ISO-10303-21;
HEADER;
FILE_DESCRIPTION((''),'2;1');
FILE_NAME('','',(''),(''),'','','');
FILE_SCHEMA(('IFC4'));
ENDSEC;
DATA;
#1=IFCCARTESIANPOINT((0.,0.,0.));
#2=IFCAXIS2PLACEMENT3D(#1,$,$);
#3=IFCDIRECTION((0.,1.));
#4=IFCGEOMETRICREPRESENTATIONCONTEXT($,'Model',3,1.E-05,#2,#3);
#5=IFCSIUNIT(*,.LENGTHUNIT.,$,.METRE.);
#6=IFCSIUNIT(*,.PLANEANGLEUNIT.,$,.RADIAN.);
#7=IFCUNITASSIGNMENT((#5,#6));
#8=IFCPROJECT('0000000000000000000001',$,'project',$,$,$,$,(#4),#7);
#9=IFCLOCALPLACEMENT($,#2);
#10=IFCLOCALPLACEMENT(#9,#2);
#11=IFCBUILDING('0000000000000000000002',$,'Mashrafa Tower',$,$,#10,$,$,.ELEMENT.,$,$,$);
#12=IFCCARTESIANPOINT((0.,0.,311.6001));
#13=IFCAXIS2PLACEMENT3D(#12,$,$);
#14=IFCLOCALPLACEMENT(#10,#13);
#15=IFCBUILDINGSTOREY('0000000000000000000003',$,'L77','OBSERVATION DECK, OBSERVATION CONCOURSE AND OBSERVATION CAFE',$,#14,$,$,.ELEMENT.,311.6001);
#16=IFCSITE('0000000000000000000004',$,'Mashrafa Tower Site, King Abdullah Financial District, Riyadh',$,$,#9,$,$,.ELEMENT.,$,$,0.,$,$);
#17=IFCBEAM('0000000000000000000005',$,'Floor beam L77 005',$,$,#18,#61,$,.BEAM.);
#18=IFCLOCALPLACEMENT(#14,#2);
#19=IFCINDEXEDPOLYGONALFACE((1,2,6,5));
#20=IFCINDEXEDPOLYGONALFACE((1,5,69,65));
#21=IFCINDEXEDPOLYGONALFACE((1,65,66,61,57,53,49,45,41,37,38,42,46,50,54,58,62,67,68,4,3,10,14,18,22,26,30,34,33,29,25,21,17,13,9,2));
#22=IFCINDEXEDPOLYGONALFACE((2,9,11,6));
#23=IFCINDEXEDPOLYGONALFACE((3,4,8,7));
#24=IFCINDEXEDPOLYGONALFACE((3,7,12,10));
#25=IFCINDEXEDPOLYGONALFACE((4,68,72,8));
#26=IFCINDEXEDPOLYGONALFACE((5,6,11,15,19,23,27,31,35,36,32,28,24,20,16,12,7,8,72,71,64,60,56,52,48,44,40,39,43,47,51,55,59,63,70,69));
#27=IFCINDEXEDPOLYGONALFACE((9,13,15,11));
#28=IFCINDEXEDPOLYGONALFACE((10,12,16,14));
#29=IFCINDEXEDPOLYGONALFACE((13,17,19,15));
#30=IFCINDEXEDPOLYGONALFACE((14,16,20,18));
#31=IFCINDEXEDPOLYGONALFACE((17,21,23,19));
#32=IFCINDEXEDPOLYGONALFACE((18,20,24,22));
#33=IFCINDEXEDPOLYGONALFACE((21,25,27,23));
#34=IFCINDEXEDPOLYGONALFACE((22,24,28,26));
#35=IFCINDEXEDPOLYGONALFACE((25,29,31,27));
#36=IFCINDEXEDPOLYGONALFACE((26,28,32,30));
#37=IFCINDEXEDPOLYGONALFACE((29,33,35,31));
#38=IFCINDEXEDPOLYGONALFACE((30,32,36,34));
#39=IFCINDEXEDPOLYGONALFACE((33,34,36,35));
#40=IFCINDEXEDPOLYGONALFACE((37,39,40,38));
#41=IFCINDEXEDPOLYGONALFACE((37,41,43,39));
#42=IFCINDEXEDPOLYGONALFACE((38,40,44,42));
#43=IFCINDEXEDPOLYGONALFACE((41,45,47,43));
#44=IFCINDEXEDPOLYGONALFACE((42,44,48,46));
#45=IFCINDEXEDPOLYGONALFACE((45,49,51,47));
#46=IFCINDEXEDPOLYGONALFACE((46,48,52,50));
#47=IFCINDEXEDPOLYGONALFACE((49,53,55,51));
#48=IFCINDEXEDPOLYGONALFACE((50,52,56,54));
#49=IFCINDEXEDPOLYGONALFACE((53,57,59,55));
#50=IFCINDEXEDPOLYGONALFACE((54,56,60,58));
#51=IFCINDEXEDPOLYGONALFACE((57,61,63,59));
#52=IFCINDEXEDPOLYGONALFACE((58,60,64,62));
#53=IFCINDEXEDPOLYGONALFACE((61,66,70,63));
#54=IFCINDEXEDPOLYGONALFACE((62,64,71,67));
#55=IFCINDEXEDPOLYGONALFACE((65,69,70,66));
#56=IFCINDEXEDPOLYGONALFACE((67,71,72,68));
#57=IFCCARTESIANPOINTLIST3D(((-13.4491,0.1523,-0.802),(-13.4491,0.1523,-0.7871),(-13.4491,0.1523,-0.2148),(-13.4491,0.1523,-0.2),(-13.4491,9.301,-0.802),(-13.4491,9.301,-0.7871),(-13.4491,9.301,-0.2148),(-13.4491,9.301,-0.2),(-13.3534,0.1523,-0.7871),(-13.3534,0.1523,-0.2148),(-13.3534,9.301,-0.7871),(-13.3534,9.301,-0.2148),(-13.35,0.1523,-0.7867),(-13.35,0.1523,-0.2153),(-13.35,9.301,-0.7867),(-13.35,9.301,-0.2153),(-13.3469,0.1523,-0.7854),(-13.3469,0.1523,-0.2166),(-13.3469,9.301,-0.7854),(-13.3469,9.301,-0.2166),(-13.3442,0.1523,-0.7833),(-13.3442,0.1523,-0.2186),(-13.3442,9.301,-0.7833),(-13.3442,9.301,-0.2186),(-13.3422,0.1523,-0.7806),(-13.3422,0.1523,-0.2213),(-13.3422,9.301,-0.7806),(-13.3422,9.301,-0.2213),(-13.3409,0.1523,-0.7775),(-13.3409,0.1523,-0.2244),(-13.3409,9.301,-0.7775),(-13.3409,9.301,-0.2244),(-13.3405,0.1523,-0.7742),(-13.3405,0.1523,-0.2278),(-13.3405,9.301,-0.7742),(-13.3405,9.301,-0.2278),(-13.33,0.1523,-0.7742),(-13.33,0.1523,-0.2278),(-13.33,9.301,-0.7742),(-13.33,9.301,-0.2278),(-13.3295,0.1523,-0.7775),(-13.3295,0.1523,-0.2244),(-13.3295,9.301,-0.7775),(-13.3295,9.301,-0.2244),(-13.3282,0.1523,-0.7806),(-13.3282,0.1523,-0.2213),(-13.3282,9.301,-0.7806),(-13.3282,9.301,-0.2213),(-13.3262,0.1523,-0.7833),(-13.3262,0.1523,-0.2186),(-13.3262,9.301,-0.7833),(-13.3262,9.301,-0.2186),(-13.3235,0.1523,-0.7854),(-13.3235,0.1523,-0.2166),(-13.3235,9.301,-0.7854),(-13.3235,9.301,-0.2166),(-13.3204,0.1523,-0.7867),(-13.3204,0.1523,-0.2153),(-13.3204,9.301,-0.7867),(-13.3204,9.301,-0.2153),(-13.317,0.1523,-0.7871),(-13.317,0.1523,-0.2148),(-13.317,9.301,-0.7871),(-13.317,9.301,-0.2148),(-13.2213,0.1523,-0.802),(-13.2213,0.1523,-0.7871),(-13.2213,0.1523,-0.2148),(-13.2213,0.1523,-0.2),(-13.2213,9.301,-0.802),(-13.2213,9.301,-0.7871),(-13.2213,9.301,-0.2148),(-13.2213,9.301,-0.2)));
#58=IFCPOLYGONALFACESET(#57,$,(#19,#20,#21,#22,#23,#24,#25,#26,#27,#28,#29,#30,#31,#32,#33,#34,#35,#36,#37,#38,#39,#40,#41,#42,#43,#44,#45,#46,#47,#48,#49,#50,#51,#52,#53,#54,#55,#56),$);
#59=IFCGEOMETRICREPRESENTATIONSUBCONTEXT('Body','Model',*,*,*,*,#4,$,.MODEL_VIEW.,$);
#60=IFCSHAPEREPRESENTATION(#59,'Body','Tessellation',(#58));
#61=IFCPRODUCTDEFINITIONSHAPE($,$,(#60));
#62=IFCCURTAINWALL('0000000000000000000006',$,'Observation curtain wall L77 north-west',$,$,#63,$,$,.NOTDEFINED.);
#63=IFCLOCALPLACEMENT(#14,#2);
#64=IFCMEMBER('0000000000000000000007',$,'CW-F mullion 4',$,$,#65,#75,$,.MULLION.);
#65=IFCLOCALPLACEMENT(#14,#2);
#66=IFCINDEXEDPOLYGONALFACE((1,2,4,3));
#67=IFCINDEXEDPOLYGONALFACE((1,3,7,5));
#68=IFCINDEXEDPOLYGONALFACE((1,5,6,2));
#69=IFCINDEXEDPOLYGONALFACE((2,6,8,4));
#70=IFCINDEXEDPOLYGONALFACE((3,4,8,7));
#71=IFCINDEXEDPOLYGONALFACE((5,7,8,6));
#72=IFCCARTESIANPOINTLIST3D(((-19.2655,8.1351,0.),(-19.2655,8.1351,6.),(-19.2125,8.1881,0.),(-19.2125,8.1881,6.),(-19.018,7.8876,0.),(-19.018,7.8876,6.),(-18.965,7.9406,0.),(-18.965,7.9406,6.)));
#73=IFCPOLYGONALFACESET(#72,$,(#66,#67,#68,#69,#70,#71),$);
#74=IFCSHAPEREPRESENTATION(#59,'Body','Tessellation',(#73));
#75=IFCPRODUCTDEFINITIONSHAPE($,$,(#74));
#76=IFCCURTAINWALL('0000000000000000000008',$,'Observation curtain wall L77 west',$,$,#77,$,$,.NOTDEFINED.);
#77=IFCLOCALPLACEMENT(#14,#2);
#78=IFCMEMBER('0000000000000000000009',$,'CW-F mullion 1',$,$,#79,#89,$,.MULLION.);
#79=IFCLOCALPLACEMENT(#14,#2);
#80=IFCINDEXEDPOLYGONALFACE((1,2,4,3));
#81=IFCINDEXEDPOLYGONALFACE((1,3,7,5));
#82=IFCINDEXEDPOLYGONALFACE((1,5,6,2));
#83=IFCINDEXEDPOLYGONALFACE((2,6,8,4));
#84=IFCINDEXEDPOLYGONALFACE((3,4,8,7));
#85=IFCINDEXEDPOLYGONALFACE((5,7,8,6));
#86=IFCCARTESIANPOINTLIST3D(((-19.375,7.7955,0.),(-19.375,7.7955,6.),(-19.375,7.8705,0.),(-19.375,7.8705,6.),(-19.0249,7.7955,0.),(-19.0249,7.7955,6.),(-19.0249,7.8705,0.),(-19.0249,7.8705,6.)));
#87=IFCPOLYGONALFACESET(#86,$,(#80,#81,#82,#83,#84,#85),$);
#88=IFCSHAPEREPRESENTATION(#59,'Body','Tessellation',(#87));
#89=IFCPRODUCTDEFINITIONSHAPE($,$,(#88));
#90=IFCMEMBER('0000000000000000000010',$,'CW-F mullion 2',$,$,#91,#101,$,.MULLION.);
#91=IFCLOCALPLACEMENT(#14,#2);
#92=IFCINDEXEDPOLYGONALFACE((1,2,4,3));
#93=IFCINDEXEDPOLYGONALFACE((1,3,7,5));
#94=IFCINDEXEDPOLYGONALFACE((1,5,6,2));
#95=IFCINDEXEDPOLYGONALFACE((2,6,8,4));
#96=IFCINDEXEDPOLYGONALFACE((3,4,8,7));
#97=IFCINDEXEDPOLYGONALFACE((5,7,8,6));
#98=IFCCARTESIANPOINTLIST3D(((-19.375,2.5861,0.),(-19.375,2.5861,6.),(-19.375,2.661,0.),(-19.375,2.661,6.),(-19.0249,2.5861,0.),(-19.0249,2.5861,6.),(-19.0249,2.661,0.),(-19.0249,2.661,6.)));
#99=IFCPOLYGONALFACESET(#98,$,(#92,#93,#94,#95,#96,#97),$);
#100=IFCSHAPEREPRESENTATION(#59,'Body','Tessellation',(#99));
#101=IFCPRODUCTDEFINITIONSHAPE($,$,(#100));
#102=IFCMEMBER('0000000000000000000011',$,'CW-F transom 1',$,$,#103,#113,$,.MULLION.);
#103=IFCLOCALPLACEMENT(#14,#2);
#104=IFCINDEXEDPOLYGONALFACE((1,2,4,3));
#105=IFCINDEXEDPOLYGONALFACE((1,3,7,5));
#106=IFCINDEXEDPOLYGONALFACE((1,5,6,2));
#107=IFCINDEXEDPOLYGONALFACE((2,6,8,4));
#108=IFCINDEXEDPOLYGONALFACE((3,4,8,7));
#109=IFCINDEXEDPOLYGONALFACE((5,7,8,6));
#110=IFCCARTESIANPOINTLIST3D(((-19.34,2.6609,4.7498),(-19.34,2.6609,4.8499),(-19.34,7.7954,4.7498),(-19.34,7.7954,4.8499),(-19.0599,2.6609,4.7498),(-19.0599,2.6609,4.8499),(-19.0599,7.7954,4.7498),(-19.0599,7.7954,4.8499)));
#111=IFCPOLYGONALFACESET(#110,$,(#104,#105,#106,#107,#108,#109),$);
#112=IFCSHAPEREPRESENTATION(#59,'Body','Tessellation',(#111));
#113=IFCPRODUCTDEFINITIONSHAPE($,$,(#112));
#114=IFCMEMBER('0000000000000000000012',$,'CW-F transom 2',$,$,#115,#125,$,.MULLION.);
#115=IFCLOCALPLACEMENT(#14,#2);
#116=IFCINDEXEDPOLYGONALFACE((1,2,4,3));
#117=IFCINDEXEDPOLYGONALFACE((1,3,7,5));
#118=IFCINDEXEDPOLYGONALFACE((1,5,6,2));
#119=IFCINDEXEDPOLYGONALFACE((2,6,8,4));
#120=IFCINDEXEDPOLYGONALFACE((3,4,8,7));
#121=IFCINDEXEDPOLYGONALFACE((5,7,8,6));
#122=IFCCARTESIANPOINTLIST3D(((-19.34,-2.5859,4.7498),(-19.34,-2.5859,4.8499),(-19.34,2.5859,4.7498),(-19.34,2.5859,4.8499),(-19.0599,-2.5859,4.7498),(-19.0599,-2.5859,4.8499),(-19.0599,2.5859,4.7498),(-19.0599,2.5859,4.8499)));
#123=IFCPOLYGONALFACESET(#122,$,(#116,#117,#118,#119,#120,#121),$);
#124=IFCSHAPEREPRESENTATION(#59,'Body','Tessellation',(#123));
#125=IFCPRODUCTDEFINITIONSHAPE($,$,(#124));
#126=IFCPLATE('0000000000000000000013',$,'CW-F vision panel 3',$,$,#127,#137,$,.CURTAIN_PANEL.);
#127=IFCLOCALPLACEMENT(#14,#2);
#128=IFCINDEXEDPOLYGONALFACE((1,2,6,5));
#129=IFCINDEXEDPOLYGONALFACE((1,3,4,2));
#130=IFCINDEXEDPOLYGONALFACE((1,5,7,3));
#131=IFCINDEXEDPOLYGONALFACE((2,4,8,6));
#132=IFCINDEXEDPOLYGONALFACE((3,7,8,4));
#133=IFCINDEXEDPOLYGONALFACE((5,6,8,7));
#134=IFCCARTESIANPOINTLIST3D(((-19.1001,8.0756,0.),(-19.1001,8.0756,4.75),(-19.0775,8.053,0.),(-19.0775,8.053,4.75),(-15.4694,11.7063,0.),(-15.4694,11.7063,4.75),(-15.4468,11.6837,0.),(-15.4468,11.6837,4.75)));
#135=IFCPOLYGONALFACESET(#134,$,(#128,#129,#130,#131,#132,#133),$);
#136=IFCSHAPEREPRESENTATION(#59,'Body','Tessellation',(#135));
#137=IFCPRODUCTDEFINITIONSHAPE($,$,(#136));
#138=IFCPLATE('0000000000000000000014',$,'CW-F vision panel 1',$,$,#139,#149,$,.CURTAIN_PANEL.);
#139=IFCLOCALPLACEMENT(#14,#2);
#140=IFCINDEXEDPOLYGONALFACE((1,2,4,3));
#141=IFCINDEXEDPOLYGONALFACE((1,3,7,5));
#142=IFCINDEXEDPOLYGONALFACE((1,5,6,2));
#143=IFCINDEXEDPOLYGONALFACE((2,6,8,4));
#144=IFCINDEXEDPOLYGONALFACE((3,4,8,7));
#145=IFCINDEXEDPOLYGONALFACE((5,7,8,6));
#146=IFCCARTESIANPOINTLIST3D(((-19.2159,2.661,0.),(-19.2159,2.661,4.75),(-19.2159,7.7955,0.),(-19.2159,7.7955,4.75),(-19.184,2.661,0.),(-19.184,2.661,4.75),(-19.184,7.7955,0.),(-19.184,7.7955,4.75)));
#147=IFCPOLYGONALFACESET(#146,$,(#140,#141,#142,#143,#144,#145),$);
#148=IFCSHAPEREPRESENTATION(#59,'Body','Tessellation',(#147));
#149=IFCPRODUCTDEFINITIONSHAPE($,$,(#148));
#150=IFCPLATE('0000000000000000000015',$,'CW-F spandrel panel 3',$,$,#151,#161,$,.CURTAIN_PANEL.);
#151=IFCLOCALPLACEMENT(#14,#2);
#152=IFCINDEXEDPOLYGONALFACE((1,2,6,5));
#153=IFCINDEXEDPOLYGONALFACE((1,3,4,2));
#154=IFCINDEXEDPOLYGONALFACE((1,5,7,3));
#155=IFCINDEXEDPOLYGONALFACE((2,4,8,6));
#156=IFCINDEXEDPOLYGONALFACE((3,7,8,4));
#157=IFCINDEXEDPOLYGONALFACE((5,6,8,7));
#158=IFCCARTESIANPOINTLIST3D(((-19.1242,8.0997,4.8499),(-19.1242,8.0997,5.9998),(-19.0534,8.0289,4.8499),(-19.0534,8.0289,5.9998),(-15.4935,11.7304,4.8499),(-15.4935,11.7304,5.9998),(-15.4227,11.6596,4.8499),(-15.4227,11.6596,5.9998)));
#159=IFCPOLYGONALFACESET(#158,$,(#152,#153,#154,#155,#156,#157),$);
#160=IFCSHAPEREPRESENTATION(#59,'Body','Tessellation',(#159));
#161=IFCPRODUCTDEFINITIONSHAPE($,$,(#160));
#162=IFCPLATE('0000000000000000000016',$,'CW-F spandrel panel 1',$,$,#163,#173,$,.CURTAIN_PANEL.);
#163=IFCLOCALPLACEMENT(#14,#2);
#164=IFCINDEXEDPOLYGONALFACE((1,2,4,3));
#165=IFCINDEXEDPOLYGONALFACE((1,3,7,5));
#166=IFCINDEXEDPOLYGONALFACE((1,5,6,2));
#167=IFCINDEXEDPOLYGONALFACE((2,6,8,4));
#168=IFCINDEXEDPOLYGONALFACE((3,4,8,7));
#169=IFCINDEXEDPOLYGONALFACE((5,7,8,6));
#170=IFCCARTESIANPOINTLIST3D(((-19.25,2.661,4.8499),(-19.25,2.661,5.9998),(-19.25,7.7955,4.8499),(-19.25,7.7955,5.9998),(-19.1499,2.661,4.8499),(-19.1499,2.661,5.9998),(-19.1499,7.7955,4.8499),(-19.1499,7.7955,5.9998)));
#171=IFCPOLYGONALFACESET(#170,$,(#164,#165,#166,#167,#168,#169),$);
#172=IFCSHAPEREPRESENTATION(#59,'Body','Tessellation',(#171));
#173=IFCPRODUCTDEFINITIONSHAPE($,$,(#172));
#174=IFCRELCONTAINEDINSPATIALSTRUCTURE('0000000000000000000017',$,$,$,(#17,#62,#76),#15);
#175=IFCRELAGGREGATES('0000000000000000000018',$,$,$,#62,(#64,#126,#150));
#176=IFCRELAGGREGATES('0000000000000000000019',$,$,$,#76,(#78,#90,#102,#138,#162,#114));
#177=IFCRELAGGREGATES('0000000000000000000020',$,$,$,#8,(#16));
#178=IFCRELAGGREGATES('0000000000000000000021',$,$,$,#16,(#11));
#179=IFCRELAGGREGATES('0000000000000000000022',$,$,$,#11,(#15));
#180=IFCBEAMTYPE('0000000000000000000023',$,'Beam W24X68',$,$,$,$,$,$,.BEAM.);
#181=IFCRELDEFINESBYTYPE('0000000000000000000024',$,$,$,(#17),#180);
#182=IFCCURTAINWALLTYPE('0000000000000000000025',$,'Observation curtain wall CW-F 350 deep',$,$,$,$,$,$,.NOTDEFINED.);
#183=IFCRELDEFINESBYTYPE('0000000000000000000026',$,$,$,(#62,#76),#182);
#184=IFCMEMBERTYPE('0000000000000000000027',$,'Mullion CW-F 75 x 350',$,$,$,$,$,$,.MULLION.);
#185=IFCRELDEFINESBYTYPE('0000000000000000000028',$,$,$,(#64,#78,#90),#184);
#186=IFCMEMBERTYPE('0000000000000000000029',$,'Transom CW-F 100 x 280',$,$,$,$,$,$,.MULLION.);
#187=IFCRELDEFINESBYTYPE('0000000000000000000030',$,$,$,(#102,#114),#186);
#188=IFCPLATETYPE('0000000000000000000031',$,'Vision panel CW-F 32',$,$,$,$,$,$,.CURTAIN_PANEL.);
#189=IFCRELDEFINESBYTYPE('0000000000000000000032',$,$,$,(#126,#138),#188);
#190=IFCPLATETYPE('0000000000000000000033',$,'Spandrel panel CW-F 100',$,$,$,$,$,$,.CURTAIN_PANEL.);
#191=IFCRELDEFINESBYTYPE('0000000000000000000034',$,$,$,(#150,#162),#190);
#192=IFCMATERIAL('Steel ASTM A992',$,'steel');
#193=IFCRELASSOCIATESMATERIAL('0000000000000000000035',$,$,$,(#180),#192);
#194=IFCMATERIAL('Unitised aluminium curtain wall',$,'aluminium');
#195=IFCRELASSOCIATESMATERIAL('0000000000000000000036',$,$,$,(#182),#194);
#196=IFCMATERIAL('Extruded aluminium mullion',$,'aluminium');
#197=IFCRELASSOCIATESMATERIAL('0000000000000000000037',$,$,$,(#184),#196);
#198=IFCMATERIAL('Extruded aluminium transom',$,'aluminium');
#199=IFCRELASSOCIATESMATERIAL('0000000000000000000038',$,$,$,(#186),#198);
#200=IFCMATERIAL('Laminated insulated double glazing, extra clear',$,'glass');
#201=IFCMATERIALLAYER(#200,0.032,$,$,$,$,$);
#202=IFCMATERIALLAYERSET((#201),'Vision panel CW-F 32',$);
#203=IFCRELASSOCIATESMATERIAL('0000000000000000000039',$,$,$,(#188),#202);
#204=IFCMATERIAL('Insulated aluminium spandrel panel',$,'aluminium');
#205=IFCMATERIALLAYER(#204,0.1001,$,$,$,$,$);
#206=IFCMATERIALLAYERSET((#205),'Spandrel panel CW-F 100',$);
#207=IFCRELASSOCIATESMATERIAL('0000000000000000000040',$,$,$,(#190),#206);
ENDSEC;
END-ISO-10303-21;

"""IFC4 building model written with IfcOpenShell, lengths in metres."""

from ifc_helpers import new_model, si_unit, direction, frame, origin, origin_2d, place, context, subcontext, project, spatial, rectangle, i_section, extrude, source, transform, mapped, material, layer, layer_set, material_profile, profile_set, type_object, type_shapes, element, aggregate, save


model = new_model("IFC4")

# Units and contexts
model_context = context("Model", 3, precision=1e-05, world=origin(), true_north=direction((0.0, 1.0)))
body_context = subcontext(model_context, "Body", "Model", "MODEL_VIEW")
ifc_project = project(units=[si_unit("LENGTHUNIT", "METRE"), si_unit("PLANEANGLEUNIT", "RADIAN")], contexts=[model_context])

# Site, building, storey
site_placement = place(None, origin())
site = spatial("IfcSite", under=ifc_project, at=site_placement, Name="Mashrafa Tower Site, King Abdullah Financial District, Riyadh", CompositionType="ELEMENT", RefElevation=0.0)
building_placement = place(site_placement, origin())
building = spatial("IfcBuilding", under=site, at=building_placement, Name="Mashrafa Tower", CompositionType="ELEMENT")
storey_placement = place(building_placement, frame((0.0, 0.0, 311.6001)))
storey = spatial("IfcBuildingStorey", under=building, at=storey_placement, Name="L77", Description="OBSERVATION DECK, OBSERVATION CONCOURSE AND OBSERVATION CAFE", CompositionType="ELEMENT", Elevation=311.6001)

# Beam
ifc_material_1 = material(Name="Steel ASTM A992", Category="steel")
ifc_material_profile_1 = material_profile(ifc_material_1, i_section(OverallWidth=0.2278, OverallDepth=0.6021, WebThickness=0.0105, FlangeThickness=0.0149, FilletRadius=0.0129, at=origin_2d()), Name="W24X68")
ifc_profile_set_1 = profile_set([ifc_material_profile_1], Name="Steel ASTM A992")
beam_type_1 = type_object("IfcBeamType", Name="Beam W24X68", PredefinedType="BEAM", material=ifc_profile_set_1)
beam_1_placement = place(storey_placement, frame((-13.3352, 0.1523, -0.501), z_axis=(0.0, 1.0, 0.0), x_axis=(-1.0, 0.0, 0.0)))
element("IfcBeam", 1, at=beam_1_placement, inside=storey, type_object=beam_type_1, Name="Floor beam L77 005", PredefinedType="BEAM", context=body_context, shape_type="SweptSolid", body=[
    extrude(i_section(OverallWidth=0.2278, OverallDepth=0.6021, WebThickness=0.0105, FlangeThickness=0.0149, FilletRadius=0.0129, at=origin_2d()), origin(), (0.0, 0.0, 1.0), 9.1487),
])

# Curtain wall, member
ifc_material_2 = material(Name="Unitised aluminium curtain wall", Category="aluminium")
curtain_wall_type = type_object("IfcCurtainWallType", Name="Observation curtain wall CW-F 350 deep", PredefinedType="NOTDEFINED", material=ifc_material_2)
curtain_wall_1_placement = place(storey_placement, origin())
curtain_wall_1 = element("IfcCurtainWall", 2, at=curtain_wall_1_placement, inside=storey, type_object=curtain_wall_type, Name="Observation curtain wall L77 north-west", PredefinedType="NOTDEFINED")
ifc_material_3 = material(Name="Extruded aluminium mullion", Category="aluminium")
ifc_material_profile_2 = material_profile(ifc_material_3, rectangle(XDim=0.3501, YDim=0.075, at=origin_2d()), Name="Mullion 75x350")
ifc_profile_set_2 = profile_set([ifc_material_profile_2], Name="Extruded aluminium mullion")
member_type_1 = type_object("IfcMemberType", Name="Mullion CW-F 75 x 350", PredefinedType="MULLION", material=ifc_profile_set_2)
shared_shape_1 = source(origin(), body_context, "Body", "SweptSolid", [
    extrude(rectangle(XDim=0.3501, YDim=0.075, at=origin_2d()), origin(), (0.0, 0.0, 1.0), 6.0),
])
type_shapes(member_type_1, [shared_shape_1])
member_1_placement = place(storey_placement, frame((-19.1152, 8.0378, 0.0), z_axis=(0.0, 0.0, 1.0), x_axis=(0.707107, -0.707107, 0.0)))
member_1 = element("IfcMember", 3, at=member_1_placement, type_object=member_type_1, Name="CW-F mullion 4", PredefinedType="MULLION", context=body_context, shape_type="MappedRepresentation", body=[
    mapped(shared_shape_1, transform((0.0, 0.0, 0.0))),
])

# Curtain wall, members
curtain_wall_2_placement = place(storey_placement, origin())
curtain_wall_2 = element("IfcCurtainWall", 4, at=curtain_wall_2_placement, inside=storey, type_object=curtain_wall_type, Name="Observation curtain wall L77 west", PredefinedType="NOTDEFINED")
member_2_placement = place(storey_placement, frame((-19.2, 7.833, 0.0), z_axis=(0.0, 0.0, 1.0), x_axis=(1.0, 0.0, 0.0)))
member_2 = element("IfcMember", 5, at=member_2_placement, type_object=member_type_1, Name="CW-F mullion 1", PredefinedType="MULLION", context=body_context, shape_type="MappedRepresentation", body=[
    mapped(shared_shape_1, transform((0.0, 0.0, 0.0))),
])
member_3_placement = place(storey_placement, frame((-19.2, 2.6235, 0.0), z_axis=(0.0, 0.0, 1.0), x_axis=(1.0, 0.0, 0.0)))
member_3 = element("IfcMember", 6, at=member_3_placement, type_object=member_type_1, Name="CW-F mullion 2", PredefinedType="MULLION", context=body_context, shape_type="MappedRepresentation", body=[
    mapped(shared_shape_1, transform((0.0, 0.0, 0.0))),
])
ifc_material_4 = material(Name="Extruded aluminium transom", Category="aluminium")
ifc_material_profile_3 = material_profile(ifc_material_4, rectangle(XDim=0.28, YDim=0.1001, at=origin_2d()), Name="Transom 100x280")
ifc_profile_set_3 = profile_set([ifc_material_profile_3], Name="Extruded aluminium transom")
member_type_2 = type_object("IfcMemberType", Name="Transom CW-F 100 x 280", PredefinedType="MULLION", material=ifc_profile_set_3)
shared_shape_2 = source(origin(), body_context, "Body", "SweptSolid", [
    extrude(rectangle(XDim=0.28, YDim=0.1001, at=origin_2d()), origin(), (0.0, 0.0, 1.0), 5.1345),
])
member_4_placement = place(storey_placement, frame((-19.2, 7.7954, 4.7998), z_axis=(0.0, -1.0, 0.0), x_axis=(1.0, 0.0, 0.0)))
member_4 = element("IfcMember", 7, at=member_4_placement, type_object=member_type_2, Name="CW-F transom 1", PredefinedType="MULLION", context=body_context, shape_type="MappedRepresentation", body=[
    mapped(shared_shape_2, transform((0.0, 0.0, 0.0))),
])
shared_shape_3 = source(origin(), body_context, "Body", "SweptSolid", [
    extrude(rectangle(XDim=0.28, YDim=0.1001, at=origin_2d()), origin(), (0.0, 0.0, 1.0), 5.1719),
])
type_shapes(member_type_2, [shared_shape_2, shared_shape_3])
member_5_placement = place(storey_placement, frame((-19.2, 2.5859, 4.7998), z_axis=(0.0, -1.0, 0.0), x_axis=(1.0, 0.0, 0.0)))
member_5 = element("IfcMember", 8, at=member_5_placement, type_object=member_type_2, Name="CW-F transom 2", PredefinedType="MULLION", context=body_context, shape_type="MappedRepresentation", body=[
    mapped(shared_shape_3, transform((0.0, 0.0, 0.0))),
])

# Plates
ifc_material_5 = material(Name="Laminated insulated double glazing, extra clear", Category="glass")
ifc_layer_1 = layer(ifc_material_5, 0.032)
ifc_layer_set_1 = layer_set([ifc_layer_1], Name="Vision panel CW-F 32")
plate_type_1 = type_object("IfcPlateType", Name="Vision panel CW-F 32", PredefinedType="CURTAIN_PANEL", material=ifc_layer_set_1)
shared_shape_4 = source(origin(), body_context, "Body", "SweptSolid", [
    extrude(rectangle(XDim=5.1345, YDim=0.032, at=origin_2d()), origin(), (0.0, 0.0, 1.0), 4.75),
])
type_shapes(plate_type_1, [shared_shape_4])
plate_1_placement = place(storey_placement, frame((-17.2734, 9.8796, 0.0), z_axis=(0.0, 0.0, 1.0), x_axis=(-0.707107, -0.707107, 0.0)))
plate_1 = element("IfcPlate", 9, at=plate_1_placement, type_object=plate_type_1, Name="CW-F vision panel 3", PredefinedType="CURTAIN_PANEL", context=body_context, shape_type="MappedRepresentation", body=[
    mapped(shared_shape_4, transform((0.0, 0.0, 0.0))),
])
plate_2_placement = place(storey_placement, frame((-19.2, 5.2283, 0.0), z_axis=(0.0, 0.0, 1.0), x_axis=(0.0, -1.0, 0.0)))
plate_2 = element("IfcPlate", 10, at=plate_2_placement, type_object=plate_type_1, Name="CW-F vision panel 1", PredefinedType="CURTAIN_PANEL", context=body_context, shape_type="MappedRepresentation", body=[
    mapped(shared_shape_4, transform((0.0, 0.0, 0.0))),
])
ifc_material_6 = material(Name="Insulated aluminium spandrel panel", Category="aluminium")
ifc_layer_2 = layer(ifc_material_6, 0.1001)
ifc_layer_set_2 = layer_set([ifc_layer_2], Name="Spandrel panel CW-F 100")
plate_type_2 = type_object("IfcPlateType", Name="Spandrel panel CW-F 100", PredefinedType="CURTAIN_PANEL", material=ifc_layer_set_2)
shared_shape_5 = source(origin(), body_context, "Body", "SweptSolid", [
    extrude(rectangle(XDim=5.1345, YDim=0.1001, at=origin_2d()), origin(), (0.0, 0.0, 1.0), 1.1499),
])
type_shapes(plate_type_2, [shared_shape_5])
plate_3_placement = place(storey_placement, frame((-17.2734, 9.8796, 4.8499), z_axis=(0.0, 0.0, 1.0), x_axis=(-0.707107, -0.707107, 0.0)))
plate_3 = element("IfcPlate", 11, at=plate_3_placement, type_object=plate_type_2, Name="CW-F spandrel panel 3", PredefinedType="CURTAIN_PANEL", context=body_context, shape_type="MappedRepresentation", body=[
    mapped(shared_shape_5, transform((0.0, 0.0, 0.0))),
])
aggregate(curtain_wall_1, [member_1, plate_1, plate_3])
plate_4_placement = place(storey_placement, frame((-19.2, 5.2283, 4.8499), z_axis=(0.0, 0.0, 1.0), x_axis=(0.0, -1.0, 0.0)))
plate_4 = element("IfcPlate", 12, at=plate_4_placement, type_object=plate_type_2, Name="CW-F spandrel panel 1", PredefinedType="CURTAIN_PANEL", context=body_context, shape_type="MappedRepresentation", body=[
    mapped(shared_shape_5, transform((0.0, 0.0, 0.0))),
])
aggregate(curtain_wall_2, [member_2, member_3, member_4, plate_2, plate_4, member_5])

save(model, "model.ifc")
